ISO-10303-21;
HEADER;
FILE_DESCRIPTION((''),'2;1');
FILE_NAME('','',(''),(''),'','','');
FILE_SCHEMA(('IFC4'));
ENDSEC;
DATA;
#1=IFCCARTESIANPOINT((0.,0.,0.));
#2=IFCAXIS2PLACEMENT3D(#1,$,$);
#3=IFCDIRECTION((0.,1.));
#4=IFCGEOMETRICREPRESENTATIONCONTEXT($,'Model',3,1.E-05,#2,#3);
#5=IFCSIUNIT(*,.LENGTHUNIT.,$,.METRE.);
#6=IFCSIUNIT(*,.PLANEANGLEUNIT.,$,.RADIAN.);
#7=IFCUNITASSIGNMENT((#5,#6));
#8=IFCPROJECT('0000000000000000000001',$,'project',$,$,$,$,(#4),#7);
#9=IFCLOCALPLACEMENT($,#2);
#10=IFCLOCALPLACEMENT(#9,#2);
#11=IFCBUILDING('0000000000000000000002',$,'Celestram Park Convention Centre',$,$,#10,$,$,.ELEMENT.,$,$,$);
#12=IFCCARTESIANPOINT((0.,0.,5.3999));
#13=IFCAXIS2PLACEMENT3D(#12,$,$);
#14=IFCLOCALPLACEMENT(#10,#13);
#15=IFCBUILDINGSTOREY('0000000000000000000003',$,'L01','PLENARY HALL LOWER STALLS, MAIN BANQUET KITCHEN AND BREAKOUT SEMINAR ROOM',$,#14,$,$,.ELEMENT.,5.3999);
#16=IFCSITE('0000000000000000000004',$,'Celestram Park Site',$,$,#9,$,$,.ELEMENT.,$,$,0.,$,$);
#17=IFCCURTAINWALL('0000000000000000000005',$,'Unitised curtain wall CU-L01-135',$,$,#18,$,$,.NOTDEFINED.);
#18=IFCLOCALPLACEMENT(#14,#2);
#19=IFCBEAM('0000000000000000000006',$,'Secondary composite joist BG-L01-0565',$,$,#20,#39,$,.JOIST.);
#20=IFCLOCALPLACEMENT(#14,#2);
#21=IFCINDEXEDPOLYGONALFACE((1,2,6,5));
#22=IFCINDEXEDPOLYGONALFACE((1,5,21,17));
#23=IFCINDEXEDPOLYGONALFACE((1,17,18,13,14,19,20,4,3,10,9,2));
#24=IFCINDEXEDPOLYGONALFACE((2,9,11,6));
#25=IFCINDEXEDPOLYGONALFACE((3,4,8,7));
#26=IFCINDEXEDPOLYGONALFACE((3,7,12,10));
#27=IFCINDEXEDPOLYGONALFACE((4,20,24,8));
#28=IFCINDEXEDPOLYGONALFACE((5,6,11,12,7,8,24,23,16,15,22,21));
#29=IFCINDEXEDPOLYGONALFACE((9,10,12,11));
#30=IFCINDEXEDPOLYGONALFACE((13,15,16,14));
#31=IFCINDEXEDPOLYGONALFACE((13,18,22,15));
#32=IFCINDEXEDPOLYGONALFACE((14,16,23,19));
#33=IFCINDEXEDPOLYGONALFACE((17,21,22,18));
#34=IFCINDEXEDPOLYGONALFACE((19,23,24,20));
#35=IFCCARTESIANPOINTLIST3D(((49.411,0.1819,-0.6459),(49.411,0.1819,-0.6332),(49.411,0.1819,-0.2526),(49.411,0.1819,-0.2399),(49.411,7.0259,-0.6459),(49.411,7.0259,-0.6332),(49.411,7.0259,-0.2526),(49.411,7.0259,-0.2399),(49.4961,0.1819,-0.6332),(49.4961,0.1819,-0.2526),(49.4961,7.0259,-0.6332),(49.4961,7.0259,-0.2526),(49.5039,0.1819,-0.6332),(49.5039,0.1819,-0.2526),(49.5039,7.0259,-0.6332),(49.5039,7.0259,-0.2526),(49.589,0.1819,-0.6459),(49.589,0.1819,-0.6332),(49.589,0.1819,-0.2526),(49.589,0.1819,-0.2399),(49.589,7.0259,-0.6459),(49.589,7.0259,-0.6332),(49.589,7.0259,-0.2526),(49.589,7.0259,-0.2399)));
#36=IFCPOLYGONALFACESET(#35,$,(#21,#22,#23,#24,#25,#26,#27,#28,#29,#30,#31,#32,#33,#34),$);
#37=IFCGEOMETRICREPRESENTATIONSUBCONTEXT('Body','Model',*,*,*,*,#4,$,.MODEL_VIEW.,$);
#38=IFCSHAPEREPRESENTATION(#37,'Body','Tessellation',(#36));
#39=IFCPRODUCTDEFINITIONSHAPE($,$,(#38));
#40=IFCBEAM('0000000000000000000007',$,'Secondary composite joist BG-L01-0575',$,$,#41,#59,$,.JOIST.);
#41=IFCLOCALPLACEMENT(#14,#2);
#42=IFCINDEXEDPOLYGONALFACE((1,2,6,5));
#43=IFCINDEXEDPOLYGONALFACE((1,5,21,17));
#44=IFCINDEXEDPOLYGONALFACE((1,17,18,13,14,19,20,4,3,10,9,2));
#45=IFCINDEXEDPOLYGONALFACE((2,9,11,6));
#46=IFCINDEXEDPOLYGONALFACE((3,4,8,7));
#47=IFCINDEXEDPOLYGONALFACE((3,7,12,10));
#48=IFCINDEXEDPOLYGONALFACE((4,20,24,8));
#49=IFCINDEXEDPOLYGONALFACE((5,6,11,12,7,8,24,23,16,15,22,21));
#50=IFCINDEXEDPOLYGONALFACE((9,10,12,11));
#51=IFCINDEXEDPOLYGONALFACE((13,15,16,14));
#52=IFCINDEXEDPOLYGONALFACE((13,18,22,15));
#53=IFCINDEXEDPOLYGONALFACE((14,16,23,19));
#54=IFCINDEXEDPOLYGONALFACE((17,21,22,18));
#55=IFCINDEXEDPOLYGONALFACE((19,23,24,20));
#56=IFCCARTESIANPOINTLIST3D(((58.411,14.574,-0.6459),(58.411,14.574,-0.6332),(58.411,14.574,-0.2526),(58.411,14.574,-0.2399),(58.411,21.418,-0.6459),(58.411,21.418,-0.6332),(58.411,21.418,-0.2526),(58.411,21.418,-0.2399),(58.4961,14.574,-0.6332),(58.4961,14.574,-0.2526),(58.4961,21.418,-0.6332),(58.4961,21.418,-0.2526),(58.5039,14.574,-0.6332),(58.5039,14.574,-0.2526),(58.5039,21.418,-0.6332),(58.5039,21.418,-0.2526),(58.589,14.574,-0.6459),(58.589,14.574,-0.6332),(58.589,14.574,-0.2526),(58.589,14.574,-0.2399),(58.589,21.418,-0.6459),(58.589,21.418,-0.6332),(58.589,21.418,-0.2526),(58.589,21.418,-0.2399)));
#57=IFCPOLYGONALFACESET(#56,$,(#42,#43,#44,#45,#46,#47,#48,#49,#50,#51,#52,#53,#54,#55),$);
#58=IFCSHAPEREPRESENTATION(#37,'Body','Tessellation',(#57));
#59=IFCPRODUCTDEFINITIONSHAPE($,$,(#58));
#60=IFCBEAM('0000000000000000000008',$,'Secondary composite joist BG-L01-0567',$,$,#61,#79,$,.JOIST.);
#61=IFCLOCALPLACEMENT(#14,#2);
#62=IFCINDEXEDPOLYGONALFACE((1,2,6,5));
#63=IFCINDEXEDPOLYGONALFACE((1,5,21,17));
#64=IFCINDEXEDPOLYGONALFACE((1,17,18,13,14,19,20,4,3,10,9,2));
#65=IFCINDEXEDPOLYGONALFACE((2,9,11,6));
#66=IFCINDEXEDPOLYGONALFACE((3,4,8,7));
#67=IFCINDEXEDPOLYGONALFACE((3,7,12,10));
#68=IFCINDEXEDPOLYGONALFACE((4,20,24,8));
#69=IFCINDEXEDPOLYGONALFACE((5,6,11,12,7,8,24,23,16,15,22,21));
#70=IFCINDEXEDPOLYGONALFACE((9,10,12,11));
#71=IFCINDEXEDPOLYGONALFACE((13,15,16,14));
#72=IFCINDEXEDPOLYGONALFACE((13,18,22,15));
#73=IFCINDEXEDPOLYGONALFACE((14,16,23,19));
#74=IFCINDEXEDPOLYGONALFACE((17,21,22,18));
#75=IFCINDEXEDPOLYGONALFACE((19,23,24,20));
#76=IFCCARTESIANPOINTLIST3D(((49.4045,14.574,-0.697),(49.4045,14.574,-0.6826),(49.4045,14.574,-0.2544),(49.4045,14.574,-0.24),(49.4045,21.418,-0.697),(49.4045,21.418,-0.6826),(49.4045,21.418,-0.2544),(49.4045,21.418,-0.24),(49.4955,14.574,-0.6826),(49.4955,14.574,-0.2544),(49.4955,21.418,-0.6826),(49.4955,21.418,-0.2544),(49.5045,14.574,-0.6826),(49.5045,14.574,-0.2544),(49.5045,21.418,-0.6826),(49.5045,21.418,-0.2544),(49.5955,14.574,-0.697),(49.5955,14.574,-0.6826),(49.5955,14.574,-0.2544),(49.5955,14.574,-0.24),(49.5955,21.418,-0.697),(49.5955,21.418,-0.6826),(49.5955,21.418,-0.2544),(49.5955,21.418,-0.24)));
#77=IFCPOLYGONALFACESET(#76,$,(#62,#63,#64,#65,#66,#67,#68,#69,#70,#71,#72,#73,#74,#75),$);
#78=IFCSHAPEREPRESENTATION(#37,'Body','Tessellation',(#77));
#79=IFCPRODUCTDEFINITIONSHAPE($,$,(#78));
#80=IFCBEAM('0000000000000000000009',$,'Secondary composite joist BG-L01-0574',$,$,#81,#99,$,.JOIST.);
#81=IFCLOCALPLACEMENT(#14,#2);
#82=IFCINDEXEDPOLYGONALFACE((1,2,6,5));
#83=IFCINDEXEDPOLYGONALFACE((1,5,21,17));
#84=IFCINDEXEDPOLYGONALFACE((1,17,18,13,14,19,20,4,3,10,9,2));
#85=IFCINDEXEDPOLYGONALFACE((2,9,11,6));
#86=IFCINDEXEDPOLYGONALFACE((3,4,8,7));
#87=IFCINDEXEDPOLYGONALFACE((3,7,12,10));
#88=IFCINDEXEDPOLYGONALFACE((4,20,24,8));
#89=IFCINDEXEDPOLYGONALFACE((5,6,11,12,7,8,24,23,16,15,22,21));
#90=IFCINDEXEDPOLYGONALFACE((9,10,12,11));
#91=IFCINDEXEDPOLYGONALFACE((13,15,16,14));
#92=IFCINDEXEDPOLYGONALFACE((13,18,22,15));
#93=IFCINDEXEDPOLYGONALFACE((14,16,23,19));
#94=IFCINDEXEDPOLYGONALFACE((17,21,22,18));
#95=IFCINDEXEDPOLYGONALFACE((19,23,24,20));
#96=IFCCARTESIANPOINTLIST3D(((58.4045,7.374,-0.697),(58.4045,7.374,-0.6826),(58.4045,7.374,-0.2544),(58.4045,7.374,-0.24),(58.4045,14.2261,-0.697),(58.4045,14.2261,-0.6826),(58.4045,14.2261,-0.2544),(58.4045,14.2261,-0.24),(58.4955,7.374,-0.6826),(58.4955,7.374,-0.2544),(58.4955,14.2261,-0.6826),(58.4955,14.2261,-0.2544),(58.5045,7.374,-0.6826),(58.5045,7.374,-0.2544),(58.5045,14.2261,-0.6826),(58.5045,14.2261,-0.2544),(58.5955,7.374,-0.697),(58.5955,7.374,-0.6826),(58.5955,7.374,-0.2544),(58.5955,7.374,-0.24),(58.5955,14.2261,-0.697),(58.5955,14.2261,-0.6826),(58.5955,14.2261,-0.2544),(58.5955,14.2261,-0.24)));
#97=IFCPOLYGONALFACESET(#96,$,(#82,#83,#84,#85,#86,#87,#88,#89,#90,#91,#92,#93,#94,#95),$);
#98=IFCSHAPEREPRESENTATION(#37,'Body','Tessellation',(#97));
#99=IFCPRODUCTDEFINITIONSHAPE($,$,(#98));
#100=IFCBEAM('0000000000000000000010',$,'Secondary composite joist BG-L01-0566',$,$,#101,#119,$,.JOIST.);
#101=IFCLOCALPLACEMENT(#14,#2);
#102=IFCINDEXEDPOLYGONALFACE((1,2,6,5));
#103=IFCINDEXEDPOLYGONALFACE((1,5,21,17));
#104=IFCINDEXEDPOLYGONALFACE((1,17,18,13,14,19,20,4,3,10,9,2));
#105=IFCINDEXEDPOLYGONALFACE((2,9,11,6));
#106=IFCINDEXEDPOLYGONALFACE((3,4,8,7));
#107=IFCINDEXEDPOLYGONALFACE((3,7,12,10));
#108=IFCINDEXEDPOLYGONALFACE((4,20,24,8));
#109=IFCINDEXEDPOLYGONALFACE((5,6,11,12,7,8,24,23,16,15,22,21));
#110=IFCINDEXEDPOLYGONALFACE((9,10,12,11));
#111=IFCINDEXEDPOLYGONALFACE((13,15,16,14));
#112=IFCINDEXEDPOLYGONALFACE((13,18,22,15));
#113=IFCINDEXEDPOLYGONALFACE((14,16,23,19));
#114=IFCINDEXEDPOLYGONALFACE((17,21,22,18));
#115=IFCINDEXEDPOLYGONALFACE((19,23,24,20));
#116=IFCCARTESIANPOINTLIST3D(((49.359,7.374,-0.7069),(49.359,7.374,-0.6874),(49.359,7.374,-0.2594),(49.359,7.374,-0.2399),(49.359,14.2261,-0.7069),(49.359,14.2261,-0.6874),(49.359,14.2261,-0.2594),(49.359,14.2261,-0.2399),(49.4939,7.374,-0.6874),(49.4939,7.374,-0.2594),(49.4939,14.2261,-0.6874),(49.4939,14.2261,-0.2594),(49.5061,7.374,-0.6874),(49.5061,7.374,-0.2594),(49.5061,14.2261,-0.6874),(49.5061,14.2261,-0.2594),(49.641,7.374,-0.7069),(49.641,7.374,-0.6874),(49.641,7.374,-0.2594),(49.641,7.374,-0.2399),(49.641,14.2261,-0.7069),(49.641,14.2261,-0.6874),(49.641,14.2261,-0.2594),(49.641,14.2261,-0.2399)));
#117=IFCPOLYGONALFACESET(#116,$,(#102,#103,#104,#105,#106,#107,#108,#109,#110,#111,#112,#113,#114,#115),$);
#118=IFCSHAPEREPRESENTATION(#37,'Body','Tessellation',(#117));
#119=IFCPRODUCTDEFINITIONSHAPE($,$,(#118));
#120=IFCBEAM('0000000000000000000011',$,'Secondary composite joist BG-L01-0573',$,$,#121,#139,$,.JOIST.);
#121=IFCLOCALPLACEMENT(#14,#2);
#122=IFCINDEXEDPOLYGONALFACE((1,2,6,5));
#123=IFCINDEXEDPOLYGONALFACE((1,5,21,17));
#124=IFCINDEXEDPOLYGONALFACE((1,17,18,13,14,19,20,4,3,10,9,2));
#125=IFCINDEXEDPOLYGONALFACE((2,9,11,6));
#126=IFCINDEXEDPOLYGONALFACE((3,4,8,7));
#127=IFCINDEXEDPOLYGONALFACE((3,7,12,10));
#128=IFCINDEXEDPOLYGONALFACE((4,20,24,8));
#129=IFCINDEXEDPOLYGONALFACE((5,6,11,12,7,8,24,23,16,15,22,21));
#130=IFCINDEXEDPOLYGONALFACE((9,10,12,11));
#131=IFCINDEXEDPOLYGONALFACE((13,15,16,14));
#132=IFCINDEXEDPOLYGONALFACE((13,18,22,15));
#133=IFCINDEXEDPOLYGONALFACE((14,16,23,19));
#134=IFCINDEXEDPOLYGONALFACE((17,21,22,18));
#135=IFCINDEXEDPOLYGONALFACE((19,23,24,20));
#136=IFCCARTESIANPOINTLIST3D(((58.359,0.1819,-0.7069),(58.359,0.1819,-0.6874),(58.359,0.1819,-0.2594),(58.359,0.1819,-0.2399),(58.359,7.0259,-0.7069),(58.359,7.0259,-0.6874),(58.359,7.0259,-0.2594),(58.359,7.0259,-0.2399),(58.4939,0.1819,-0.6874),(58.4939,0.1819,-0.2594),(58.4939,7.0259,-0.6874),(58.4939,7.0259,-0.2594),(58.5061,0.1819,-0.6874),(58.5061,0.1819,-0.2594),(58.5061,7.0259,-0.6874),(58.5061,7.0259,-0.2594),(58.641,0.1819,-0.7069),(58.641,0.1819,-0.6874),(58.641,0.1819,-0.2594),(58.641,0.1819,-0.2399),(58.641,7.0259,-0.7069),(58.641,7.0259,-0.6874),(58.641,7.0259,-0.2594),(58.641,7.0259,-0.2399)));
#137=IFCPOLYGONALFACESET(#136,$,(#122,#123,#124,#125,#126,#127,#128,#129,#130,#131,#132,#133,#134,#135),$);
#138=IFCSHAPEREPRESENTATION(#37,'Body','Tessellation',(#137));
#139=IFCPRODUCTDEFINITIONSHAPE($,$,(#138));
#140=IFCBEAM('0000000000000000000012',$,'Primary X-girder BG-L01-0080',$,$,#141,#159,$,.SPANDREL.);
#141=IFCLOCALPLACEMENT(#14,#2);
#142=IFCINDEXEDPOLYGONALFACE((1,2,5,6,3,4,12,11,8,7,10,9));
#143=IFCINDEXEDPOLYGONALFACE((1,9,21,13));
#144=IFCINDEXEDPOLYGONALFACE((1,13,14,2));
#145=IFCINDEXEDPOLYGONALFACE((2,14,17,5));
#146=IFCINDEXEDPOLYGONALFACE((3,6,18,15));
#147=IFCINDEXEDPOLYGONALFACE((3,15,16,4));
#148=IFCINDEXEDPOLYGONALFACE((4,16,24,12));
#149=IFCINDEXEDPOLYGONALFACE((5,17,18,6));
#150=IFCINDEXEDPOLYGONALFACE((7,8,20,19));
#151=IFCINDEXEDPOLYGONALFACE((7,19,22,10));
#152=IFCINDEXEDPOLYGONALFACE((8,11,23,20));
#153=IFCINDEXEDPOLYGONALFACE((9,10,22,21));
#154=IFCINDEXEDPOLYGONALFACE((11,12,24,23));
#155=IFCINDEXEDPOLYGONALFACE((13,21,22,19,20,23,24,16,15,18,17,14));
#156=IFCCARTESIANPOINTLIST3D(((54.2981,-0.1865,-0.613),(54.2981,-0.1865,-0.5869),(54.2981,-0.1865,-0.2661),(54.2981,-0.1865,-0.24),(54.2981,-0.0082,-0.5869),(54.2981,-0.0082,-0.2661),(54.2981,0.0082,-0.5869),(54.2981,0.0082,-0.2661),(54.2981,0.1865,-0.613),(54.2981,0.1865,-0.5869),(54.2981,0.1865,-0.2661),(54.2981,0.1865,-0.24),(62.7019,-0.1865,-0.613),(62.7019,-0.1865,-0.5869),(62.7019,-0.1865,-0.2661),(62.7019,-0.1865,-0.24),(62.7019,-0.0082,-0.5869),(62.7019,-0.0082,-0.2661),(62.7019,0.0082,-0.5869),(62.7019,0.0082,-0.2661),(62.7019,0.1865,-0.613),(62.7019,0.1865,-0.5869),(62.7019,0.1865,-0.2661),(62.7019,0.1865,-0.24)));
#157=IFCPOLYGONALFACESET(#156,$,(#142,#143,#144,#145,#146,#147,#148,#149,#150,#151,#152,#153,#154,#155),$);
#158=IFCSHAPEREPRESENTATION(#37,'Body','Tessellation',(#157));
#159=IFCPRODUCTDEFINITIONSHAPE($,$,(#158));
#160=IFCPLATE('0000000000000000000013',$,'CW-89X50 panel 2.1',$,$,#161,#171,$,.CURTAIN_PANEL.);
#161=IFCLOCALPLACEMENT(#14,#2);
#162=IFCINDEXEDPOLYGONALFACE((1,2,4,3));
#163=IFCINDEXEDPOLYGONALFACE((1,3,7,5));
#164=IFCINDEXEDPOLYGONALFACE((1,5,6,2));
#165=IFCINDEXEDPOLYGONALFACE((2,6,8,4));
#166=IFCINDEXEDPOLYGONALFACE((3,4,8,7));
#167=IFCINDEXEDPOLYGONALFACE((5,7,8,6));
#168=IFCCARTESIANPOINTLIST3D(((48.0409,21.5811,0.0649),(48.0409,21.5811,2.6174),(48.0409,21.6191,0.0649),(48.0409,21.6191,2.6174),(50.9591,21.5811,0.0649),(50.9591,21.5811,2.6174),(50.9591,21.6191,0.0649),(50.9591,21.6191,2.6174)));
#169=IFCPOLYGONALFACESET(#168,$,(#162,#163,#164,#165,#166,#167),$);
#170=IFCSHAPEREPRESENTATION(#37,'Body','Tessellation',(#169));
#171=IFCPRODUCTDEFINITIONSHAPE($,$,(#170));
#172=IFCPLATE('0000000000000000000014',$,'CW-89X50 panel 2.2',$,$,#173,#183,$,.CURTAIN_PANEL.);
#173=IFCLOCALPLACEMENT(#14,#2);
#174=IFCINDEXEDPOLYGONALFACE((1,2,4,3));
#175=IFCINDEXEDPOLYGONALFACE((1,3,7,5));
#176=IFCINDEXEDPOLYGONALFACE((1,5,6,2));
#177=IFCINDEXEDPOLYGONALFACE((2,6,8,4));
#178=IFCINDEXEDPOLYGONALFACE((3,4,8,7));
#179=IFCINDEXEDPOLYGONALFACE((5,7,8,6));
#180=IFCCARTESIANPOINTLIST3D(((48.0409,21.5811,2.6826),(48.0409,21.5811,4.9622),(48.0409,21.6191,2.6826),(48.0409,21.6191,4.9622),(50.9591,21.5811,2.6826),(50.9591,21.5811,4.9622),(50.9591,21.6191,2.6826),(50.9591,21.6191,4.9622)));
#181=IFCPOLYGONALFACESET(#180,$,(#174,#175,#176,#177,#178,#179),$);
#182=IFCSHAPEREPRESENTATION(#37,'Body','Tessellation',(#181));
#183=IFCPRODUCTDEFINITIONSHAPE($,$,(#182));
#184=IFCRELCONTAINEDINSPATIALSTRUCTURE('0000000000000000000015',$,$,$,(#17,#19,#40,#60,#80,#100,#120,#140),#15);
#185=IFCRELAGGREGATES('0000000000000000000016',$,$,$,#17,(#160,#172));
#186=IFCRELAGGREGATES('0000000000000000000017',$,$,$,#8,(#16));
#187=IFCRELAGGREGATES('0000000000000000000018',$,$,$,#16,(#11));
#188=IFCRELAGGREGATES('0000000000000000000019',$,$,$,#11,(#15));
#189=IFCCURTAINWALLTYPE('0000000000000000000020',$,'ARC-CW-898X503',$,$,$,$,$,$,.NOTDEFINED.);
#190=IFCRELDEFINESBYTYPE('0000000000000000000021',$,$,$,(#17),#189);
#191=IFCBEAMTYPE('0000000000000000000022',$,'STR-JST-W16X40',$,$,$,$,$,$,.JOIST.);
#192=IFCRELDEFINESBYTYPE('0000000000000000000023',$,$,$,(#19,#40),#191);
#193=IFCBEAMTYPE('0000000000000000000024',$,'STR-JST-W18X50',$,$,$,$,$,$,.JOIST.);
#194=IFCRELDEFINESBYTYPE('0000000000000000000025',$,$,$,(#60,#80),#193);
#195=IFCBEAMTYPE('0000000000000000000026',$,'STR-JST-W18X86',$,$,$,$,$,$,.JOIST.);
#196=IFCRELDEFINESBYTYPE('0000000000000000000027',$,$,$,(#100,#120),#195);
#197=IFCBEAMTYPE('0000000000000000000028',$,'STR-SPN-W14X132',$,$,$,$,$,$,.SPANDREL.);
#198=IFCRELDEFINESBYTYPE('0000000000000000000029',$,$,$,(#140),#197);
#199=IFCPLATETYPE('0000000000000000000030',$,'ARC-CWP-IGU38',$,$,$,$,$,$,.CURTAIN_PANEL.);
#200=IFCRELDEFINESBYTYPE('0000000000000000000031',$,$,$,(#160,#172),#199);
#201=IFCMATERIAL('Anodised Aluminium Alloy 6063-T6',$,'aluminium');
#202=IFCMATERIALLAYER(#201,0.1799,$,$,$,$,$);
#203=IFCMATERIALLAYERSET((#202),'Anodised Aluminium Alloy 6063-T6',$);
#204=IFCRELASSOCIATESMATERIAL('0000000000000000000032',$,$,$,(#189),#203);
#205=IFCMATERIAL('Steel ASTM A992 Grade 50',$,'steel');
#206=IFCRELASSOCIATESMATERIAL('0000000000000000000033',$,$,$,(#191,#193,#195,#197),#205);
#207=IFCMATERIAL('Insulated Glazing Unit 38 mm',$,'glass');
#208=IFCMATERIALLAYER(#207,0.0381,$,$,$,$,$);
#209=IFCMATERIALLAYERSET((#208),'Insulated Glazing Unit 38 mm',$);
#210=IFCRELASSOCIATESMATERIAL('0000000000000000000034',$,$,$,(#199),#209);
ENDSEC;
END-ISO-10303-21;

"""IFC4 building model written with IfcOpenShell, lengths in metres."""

from ifc_helpers import new_model, si_unit, direction, frame, origin, origin_2d, place, context, subcontext, project, spatial, rectangle, i_section, extrude, material, layer, layer_set, material_profile, profile_set, type_object, element, aggregate, save


model = new_model("IFC4")

# Units and contexts
model_context = context("Model", 3, precision=1e-05, world=origin(), true_north=direction((0.0, 1.0)))
body_context = subcontext(model_context, "Body", "Model", "MODEL_VIEW")
ifc_project = project(units=[si_unit("LENGTHUNIT", "METRE"), si_unit("PLANEANGLEUNIT", "RADIAN")], contexts=[model_context])

# Site, building, storey
site_placement = place(None, origin())
site = spatial("IfcSite", under=ifc_project, at=site_placement, Name="Celestram Park Site", CompositionType="ELEMENT", RefElevation=0.0)
building_placement = place(site_placement, origin())
building = spatial("IfcBuilding", under=site, at=building_placement, Name="Celestram Park Convention Centre", CompositionType="ELEMENT")
storey_placement = place(building_placement, frame((0.0, 0.0, 5.3999)))
storey = spatial("IfcBuildingStorey", under=building, at=storey_placement, Name="L01", Description="PLENARY HALL LOWER STALLS, MAIN BANQUET KITCHEN AND BREAKOUT SEMINAR ROOM", CompositionType="ELEMENT", Elevation=5.3999)

# Curtain wall
ifc_material_1 = material(Name="Anodised Aluminium Alloy 6063-T6", Category="aluminium")
ifc_layer_1 = layer(ifc_material_1, 0.1799)
ifc_layer_set_1 = layer_set([ifc_layer_1], Name="Anodised Aluminium Alloy 6063-T6")
curtain_wall_type = type_object("IfcCurtainWallType", Name="ARC-CW-898X503", PredefinedType="NOTDEFINED", material=ifc_layer_set_1)
curtain_wall_placement = place(storey_placement, origin())
curtain_wall = element("IfcCurtainWall", 1, at=curtain_wall_placement, inside=storey, type_object=curtain_wall_type, Name="Unitised curtain wall CU-L01-135", PredefinedType="NOTDEFINED")

# Beams
ifc_material_2 = material(Name="Steel ASTM A992 Grade 50", Category="steel")
ifc_material_profile_1 = material_profile(ifc_material_2, i_section(OverallWidth=0.178, OverallDepth=0.406, WebThickness=0.0078, FlangeThickness=0.0127, at=origin_2d()), Name="W16X40")
ifc_profile_set_1 = profile_set([ifc_material_profile_1], Name="Steel ASTM A992 Grade 50")
beam_type_1 = type_object("IfcBeamType", Name="STR-JST-W16X40", PredefinedType="JOIST", material=ifc_profile_set_1)
for number, where, z_axis, x_axis, name in (
    (2, (49.5, 0.1819, -0.4429), (0.0, 1.0, 0.0), (-1.0, 0.0, 0.0), "Secondary composite joist BG-L01-0565"),
    (3, (58.5, 14.574, -0.4429), (0.0, 1.0, 0.0), (-1.0, 0.0, 0.0), "Secondary composite joist BG-L01-0575"),
):
    element("IfcBeam", number, at=place(storey_placement, frame(where, z_axis=z_axis, x_axis=x_axis)), inside=storey, type_object=beam_type_1, Name=name, PredefinedType="JOIST", context=body_context, shape_type="SweptSolid", body=[
        extrude(i_section(OverallWidth=0.178, OverallDepth=0.406, WebThickness=0.0078, FlangeThickness=0.0127, at=origin_2d()), origin(), (0.0, 0.0, 1.0), 6.844),
    ])
ifc_material_profile_2 = material_profile(ifc_material_2, i_section(OverallWidth=0.1909, OverallDepth=0.457, WebThickness=0.009, FlangeThickness=0.0144, at=origin_2d()), Name="W18X50")
ifc_profile_set_2 = profile_set([ifc_material_profile_2], Name="Steel ASTM A992 Grade 50")
beam_type_2 = type_object("IfcBeamType", Name="STR-JST-W18X50", PredefinedType="JOIST", material=ifc_profile_set_2)
beam_1_placement = place(storey_placement, frame((49.5, 14.574, -0.4685), z_axis=(0.0, 1.0, 0.0), x_axis=(-1.0, 0.0, 0.0)))
element("IfcBeam", 4, at=beam_1_placement, inside=storey, type_object=beam_type_2, Name="Secondary composite joist BG-L01-0567", PredefinedType="JOIST", context=body_context, shape_type="SweptSolid", body=[
    extrude(i_section(OverallWidth=0.1909, OverallDepth=0.457, WebThickness=0.009, FlangeThickness=0.0144, at=origin_2d()), origin(), (0.0, 0.0, 1.0), 6.844),
])
beam_2_placement = place(storey_placement, frame((58.5, 7.374, -0.4685), z_axis=(0.0, 1.0, 0.0), x_axis=(-1.0, 0.0, 0.0)))
element("IfcBeam", 5, at=beam_2_placement, inside=storey, type_object=beam_type_2, Name="Secondary composite joist BG-L01-0574", PredefinedType="JOIST", context=body_context, shape_type="SweptSolid", body=[
    extrude(i_section(OverallWidth=0.1909, OverallDepth=0.457, WebThickness=0.009, FlangeThickness=0.0144, at=origin_2d()), origin(), (0.0, 0.0, 1.0), 6.8521),
])
ifc_material_profile_3 = material_profile(ifc_material_2, i_section(OverallWidth=0.282, OverallDepth=0.467, WebThickness=0.0122, FlangeThickness=0.0195, at=origin_2d()), Name="W18X86")
ifc_profile_set_3 = profile_set([ifc_material_profile_3], Name="Steel ASTM A992 Grade 50")
beam_type_3 = type_object("IfcBeamType", Name="STR-JST-W18X86", PredefinedType="JOIST", material=ifc_profile_set_3)
beam_3_placement = place(storey_placement, frame((49.5, 7.374, -0.4734), z_axis=(0.0, 1.0, 0.0), x_axis=(-1.0, 0.0, 0.0)))
element("IfcBeam", 6, at=beam_3_placement, inside=storey, type_object=beam_type_3, Name="Secondary composite joist BG-L01-0566", PredefinedType="JOIST", context=body_context, shape_type="SweptSolid", body=[
    extrude(i_section(OverallWidth=0.282, OverallDepth=0.467, WebThickness=0.0122, FlangeThickness=0.0195, at=origin_2d()), origin(), (0.0, 0.0, 1.0), 6.8521),
])
beam_4_placement = place(storey_placement, frame((58.5, 0.1819, -0.4734), z_axis=(0.0, 1.0, 0.0), x_axis=(-1.0, 0.0, 0.0)))
element("IfcBeam", 7, at=beam_4_placement, inside=storey, type_object=beam_type_3, Name="Secondary composite joist BG-L01-0573", PredefinedType="JOIST", context=body_context, shape_type="SweptSolid", body=[
    extrude(i_section(OverallWidth=0.282, OverallDepth=0.467, WebThickness=0.0122, FlangeThickness=0.0195, at=origin_2d()), origin(), (0.0, 0.0, 1.0), 6.844),
])
ifc_material_profile_4 = material_profile(ifc_material_2, i_section(OverallWidth=0.373, OverallDepth=0.373, WebThickness=0.0164, FlangeThickness=0.0261, at=origin_2d()), Name="W14X132")
ifc_profile_set_4 = profile_set([ifc_material_profile_4], Name="Steel ASTM A992 Grade 50")
beam_type_4 = type_object("IfcBeamType", Name="STR-SPN-W14X132", PredefinedType="SPANDREL", material=ifc_profile_set_4)
beam_5_placement = place(storey_placement, frame((54.2981, 0.0, -0.4265), z_axis=(1.0, 0.0, 0.0), x_axis=(0.0, 1.0, 0.0)))
element("IfcBeam", 8, at=beam_5_placement, inside=storey, type_object=beam_type_4, Name="Primary X-girder BG-L01-0080", PredefinedType="SPANDREL", context=body_context, shape_type="SweptSolid", body=[
    extrude(i_section(OverallWidth=0.373, OverallDepth=0.373, WebThickness=0.0164, FlangeThickness=0.0261, at=origin_2d()), origin(), (0.0, 0.0, 1.0), 8.4038),
])

# Plates
ifc_material_3 = material(Name="Insulated Glazing Unit 38 mm", Category="glass")
ifc_layer_2 = layer(ifc_material_3, 0.0381)
ifc_layer_set_2 = layer_set([ifc_layer_2], Name="Insulated Glazing Unit 38 mm")
plate_type = type_object("IfcPlateType", Name="ARC-CWP-IGU38", PredefinedType="CURTAIN_PANEL", material=ifc_layer_set_2)
plate_1_placement = place(storey_placement, frame((49.5, 21.6001, 0.0649), z_axis=(0.0, 0.0, 1.0), x_axis=(-1.0, 0.0, 0.0)))
plate_1 = element("IfcPlate", 9, at=plate_1_placement, type_object=plate_type, Name="CW-89X50 panel 2.1", PredefinedType="CURTAIN_PANEL", context=body_context, shape_type="SweptSolid", body=[
    extrude(rectangle(XDim=2.9182, YDim=0.0381, at=origin_2d()), origin(), (0.0, 0.0, 1.0), 2.5525),
])
plate_2_placement = place(storey_placement, frame((49.5, 21.6001, 2.6826), z_axis=(0.0, 0.0, 1.0), x_axis=(-1.0, 0.0, 0.0)))
plate_2 = element("IfcPlate", 10, at=plate_2_placement, type_object=plate_type, Name="CW-89X50 panel 2.2", PredefinedType="CURTAIN_PANEL", context=body_context, shape_type="SweptSolid", body=[
    extrude(rectangle(XDim=2.9182, YDim=0.0381, at=origin_2d()), origin(), (0.0, 0.0, 1.0), 2.2795),
])
aggregate(curtain_wall, [plate_1, plate_2])

save(model, "model.ifc")
